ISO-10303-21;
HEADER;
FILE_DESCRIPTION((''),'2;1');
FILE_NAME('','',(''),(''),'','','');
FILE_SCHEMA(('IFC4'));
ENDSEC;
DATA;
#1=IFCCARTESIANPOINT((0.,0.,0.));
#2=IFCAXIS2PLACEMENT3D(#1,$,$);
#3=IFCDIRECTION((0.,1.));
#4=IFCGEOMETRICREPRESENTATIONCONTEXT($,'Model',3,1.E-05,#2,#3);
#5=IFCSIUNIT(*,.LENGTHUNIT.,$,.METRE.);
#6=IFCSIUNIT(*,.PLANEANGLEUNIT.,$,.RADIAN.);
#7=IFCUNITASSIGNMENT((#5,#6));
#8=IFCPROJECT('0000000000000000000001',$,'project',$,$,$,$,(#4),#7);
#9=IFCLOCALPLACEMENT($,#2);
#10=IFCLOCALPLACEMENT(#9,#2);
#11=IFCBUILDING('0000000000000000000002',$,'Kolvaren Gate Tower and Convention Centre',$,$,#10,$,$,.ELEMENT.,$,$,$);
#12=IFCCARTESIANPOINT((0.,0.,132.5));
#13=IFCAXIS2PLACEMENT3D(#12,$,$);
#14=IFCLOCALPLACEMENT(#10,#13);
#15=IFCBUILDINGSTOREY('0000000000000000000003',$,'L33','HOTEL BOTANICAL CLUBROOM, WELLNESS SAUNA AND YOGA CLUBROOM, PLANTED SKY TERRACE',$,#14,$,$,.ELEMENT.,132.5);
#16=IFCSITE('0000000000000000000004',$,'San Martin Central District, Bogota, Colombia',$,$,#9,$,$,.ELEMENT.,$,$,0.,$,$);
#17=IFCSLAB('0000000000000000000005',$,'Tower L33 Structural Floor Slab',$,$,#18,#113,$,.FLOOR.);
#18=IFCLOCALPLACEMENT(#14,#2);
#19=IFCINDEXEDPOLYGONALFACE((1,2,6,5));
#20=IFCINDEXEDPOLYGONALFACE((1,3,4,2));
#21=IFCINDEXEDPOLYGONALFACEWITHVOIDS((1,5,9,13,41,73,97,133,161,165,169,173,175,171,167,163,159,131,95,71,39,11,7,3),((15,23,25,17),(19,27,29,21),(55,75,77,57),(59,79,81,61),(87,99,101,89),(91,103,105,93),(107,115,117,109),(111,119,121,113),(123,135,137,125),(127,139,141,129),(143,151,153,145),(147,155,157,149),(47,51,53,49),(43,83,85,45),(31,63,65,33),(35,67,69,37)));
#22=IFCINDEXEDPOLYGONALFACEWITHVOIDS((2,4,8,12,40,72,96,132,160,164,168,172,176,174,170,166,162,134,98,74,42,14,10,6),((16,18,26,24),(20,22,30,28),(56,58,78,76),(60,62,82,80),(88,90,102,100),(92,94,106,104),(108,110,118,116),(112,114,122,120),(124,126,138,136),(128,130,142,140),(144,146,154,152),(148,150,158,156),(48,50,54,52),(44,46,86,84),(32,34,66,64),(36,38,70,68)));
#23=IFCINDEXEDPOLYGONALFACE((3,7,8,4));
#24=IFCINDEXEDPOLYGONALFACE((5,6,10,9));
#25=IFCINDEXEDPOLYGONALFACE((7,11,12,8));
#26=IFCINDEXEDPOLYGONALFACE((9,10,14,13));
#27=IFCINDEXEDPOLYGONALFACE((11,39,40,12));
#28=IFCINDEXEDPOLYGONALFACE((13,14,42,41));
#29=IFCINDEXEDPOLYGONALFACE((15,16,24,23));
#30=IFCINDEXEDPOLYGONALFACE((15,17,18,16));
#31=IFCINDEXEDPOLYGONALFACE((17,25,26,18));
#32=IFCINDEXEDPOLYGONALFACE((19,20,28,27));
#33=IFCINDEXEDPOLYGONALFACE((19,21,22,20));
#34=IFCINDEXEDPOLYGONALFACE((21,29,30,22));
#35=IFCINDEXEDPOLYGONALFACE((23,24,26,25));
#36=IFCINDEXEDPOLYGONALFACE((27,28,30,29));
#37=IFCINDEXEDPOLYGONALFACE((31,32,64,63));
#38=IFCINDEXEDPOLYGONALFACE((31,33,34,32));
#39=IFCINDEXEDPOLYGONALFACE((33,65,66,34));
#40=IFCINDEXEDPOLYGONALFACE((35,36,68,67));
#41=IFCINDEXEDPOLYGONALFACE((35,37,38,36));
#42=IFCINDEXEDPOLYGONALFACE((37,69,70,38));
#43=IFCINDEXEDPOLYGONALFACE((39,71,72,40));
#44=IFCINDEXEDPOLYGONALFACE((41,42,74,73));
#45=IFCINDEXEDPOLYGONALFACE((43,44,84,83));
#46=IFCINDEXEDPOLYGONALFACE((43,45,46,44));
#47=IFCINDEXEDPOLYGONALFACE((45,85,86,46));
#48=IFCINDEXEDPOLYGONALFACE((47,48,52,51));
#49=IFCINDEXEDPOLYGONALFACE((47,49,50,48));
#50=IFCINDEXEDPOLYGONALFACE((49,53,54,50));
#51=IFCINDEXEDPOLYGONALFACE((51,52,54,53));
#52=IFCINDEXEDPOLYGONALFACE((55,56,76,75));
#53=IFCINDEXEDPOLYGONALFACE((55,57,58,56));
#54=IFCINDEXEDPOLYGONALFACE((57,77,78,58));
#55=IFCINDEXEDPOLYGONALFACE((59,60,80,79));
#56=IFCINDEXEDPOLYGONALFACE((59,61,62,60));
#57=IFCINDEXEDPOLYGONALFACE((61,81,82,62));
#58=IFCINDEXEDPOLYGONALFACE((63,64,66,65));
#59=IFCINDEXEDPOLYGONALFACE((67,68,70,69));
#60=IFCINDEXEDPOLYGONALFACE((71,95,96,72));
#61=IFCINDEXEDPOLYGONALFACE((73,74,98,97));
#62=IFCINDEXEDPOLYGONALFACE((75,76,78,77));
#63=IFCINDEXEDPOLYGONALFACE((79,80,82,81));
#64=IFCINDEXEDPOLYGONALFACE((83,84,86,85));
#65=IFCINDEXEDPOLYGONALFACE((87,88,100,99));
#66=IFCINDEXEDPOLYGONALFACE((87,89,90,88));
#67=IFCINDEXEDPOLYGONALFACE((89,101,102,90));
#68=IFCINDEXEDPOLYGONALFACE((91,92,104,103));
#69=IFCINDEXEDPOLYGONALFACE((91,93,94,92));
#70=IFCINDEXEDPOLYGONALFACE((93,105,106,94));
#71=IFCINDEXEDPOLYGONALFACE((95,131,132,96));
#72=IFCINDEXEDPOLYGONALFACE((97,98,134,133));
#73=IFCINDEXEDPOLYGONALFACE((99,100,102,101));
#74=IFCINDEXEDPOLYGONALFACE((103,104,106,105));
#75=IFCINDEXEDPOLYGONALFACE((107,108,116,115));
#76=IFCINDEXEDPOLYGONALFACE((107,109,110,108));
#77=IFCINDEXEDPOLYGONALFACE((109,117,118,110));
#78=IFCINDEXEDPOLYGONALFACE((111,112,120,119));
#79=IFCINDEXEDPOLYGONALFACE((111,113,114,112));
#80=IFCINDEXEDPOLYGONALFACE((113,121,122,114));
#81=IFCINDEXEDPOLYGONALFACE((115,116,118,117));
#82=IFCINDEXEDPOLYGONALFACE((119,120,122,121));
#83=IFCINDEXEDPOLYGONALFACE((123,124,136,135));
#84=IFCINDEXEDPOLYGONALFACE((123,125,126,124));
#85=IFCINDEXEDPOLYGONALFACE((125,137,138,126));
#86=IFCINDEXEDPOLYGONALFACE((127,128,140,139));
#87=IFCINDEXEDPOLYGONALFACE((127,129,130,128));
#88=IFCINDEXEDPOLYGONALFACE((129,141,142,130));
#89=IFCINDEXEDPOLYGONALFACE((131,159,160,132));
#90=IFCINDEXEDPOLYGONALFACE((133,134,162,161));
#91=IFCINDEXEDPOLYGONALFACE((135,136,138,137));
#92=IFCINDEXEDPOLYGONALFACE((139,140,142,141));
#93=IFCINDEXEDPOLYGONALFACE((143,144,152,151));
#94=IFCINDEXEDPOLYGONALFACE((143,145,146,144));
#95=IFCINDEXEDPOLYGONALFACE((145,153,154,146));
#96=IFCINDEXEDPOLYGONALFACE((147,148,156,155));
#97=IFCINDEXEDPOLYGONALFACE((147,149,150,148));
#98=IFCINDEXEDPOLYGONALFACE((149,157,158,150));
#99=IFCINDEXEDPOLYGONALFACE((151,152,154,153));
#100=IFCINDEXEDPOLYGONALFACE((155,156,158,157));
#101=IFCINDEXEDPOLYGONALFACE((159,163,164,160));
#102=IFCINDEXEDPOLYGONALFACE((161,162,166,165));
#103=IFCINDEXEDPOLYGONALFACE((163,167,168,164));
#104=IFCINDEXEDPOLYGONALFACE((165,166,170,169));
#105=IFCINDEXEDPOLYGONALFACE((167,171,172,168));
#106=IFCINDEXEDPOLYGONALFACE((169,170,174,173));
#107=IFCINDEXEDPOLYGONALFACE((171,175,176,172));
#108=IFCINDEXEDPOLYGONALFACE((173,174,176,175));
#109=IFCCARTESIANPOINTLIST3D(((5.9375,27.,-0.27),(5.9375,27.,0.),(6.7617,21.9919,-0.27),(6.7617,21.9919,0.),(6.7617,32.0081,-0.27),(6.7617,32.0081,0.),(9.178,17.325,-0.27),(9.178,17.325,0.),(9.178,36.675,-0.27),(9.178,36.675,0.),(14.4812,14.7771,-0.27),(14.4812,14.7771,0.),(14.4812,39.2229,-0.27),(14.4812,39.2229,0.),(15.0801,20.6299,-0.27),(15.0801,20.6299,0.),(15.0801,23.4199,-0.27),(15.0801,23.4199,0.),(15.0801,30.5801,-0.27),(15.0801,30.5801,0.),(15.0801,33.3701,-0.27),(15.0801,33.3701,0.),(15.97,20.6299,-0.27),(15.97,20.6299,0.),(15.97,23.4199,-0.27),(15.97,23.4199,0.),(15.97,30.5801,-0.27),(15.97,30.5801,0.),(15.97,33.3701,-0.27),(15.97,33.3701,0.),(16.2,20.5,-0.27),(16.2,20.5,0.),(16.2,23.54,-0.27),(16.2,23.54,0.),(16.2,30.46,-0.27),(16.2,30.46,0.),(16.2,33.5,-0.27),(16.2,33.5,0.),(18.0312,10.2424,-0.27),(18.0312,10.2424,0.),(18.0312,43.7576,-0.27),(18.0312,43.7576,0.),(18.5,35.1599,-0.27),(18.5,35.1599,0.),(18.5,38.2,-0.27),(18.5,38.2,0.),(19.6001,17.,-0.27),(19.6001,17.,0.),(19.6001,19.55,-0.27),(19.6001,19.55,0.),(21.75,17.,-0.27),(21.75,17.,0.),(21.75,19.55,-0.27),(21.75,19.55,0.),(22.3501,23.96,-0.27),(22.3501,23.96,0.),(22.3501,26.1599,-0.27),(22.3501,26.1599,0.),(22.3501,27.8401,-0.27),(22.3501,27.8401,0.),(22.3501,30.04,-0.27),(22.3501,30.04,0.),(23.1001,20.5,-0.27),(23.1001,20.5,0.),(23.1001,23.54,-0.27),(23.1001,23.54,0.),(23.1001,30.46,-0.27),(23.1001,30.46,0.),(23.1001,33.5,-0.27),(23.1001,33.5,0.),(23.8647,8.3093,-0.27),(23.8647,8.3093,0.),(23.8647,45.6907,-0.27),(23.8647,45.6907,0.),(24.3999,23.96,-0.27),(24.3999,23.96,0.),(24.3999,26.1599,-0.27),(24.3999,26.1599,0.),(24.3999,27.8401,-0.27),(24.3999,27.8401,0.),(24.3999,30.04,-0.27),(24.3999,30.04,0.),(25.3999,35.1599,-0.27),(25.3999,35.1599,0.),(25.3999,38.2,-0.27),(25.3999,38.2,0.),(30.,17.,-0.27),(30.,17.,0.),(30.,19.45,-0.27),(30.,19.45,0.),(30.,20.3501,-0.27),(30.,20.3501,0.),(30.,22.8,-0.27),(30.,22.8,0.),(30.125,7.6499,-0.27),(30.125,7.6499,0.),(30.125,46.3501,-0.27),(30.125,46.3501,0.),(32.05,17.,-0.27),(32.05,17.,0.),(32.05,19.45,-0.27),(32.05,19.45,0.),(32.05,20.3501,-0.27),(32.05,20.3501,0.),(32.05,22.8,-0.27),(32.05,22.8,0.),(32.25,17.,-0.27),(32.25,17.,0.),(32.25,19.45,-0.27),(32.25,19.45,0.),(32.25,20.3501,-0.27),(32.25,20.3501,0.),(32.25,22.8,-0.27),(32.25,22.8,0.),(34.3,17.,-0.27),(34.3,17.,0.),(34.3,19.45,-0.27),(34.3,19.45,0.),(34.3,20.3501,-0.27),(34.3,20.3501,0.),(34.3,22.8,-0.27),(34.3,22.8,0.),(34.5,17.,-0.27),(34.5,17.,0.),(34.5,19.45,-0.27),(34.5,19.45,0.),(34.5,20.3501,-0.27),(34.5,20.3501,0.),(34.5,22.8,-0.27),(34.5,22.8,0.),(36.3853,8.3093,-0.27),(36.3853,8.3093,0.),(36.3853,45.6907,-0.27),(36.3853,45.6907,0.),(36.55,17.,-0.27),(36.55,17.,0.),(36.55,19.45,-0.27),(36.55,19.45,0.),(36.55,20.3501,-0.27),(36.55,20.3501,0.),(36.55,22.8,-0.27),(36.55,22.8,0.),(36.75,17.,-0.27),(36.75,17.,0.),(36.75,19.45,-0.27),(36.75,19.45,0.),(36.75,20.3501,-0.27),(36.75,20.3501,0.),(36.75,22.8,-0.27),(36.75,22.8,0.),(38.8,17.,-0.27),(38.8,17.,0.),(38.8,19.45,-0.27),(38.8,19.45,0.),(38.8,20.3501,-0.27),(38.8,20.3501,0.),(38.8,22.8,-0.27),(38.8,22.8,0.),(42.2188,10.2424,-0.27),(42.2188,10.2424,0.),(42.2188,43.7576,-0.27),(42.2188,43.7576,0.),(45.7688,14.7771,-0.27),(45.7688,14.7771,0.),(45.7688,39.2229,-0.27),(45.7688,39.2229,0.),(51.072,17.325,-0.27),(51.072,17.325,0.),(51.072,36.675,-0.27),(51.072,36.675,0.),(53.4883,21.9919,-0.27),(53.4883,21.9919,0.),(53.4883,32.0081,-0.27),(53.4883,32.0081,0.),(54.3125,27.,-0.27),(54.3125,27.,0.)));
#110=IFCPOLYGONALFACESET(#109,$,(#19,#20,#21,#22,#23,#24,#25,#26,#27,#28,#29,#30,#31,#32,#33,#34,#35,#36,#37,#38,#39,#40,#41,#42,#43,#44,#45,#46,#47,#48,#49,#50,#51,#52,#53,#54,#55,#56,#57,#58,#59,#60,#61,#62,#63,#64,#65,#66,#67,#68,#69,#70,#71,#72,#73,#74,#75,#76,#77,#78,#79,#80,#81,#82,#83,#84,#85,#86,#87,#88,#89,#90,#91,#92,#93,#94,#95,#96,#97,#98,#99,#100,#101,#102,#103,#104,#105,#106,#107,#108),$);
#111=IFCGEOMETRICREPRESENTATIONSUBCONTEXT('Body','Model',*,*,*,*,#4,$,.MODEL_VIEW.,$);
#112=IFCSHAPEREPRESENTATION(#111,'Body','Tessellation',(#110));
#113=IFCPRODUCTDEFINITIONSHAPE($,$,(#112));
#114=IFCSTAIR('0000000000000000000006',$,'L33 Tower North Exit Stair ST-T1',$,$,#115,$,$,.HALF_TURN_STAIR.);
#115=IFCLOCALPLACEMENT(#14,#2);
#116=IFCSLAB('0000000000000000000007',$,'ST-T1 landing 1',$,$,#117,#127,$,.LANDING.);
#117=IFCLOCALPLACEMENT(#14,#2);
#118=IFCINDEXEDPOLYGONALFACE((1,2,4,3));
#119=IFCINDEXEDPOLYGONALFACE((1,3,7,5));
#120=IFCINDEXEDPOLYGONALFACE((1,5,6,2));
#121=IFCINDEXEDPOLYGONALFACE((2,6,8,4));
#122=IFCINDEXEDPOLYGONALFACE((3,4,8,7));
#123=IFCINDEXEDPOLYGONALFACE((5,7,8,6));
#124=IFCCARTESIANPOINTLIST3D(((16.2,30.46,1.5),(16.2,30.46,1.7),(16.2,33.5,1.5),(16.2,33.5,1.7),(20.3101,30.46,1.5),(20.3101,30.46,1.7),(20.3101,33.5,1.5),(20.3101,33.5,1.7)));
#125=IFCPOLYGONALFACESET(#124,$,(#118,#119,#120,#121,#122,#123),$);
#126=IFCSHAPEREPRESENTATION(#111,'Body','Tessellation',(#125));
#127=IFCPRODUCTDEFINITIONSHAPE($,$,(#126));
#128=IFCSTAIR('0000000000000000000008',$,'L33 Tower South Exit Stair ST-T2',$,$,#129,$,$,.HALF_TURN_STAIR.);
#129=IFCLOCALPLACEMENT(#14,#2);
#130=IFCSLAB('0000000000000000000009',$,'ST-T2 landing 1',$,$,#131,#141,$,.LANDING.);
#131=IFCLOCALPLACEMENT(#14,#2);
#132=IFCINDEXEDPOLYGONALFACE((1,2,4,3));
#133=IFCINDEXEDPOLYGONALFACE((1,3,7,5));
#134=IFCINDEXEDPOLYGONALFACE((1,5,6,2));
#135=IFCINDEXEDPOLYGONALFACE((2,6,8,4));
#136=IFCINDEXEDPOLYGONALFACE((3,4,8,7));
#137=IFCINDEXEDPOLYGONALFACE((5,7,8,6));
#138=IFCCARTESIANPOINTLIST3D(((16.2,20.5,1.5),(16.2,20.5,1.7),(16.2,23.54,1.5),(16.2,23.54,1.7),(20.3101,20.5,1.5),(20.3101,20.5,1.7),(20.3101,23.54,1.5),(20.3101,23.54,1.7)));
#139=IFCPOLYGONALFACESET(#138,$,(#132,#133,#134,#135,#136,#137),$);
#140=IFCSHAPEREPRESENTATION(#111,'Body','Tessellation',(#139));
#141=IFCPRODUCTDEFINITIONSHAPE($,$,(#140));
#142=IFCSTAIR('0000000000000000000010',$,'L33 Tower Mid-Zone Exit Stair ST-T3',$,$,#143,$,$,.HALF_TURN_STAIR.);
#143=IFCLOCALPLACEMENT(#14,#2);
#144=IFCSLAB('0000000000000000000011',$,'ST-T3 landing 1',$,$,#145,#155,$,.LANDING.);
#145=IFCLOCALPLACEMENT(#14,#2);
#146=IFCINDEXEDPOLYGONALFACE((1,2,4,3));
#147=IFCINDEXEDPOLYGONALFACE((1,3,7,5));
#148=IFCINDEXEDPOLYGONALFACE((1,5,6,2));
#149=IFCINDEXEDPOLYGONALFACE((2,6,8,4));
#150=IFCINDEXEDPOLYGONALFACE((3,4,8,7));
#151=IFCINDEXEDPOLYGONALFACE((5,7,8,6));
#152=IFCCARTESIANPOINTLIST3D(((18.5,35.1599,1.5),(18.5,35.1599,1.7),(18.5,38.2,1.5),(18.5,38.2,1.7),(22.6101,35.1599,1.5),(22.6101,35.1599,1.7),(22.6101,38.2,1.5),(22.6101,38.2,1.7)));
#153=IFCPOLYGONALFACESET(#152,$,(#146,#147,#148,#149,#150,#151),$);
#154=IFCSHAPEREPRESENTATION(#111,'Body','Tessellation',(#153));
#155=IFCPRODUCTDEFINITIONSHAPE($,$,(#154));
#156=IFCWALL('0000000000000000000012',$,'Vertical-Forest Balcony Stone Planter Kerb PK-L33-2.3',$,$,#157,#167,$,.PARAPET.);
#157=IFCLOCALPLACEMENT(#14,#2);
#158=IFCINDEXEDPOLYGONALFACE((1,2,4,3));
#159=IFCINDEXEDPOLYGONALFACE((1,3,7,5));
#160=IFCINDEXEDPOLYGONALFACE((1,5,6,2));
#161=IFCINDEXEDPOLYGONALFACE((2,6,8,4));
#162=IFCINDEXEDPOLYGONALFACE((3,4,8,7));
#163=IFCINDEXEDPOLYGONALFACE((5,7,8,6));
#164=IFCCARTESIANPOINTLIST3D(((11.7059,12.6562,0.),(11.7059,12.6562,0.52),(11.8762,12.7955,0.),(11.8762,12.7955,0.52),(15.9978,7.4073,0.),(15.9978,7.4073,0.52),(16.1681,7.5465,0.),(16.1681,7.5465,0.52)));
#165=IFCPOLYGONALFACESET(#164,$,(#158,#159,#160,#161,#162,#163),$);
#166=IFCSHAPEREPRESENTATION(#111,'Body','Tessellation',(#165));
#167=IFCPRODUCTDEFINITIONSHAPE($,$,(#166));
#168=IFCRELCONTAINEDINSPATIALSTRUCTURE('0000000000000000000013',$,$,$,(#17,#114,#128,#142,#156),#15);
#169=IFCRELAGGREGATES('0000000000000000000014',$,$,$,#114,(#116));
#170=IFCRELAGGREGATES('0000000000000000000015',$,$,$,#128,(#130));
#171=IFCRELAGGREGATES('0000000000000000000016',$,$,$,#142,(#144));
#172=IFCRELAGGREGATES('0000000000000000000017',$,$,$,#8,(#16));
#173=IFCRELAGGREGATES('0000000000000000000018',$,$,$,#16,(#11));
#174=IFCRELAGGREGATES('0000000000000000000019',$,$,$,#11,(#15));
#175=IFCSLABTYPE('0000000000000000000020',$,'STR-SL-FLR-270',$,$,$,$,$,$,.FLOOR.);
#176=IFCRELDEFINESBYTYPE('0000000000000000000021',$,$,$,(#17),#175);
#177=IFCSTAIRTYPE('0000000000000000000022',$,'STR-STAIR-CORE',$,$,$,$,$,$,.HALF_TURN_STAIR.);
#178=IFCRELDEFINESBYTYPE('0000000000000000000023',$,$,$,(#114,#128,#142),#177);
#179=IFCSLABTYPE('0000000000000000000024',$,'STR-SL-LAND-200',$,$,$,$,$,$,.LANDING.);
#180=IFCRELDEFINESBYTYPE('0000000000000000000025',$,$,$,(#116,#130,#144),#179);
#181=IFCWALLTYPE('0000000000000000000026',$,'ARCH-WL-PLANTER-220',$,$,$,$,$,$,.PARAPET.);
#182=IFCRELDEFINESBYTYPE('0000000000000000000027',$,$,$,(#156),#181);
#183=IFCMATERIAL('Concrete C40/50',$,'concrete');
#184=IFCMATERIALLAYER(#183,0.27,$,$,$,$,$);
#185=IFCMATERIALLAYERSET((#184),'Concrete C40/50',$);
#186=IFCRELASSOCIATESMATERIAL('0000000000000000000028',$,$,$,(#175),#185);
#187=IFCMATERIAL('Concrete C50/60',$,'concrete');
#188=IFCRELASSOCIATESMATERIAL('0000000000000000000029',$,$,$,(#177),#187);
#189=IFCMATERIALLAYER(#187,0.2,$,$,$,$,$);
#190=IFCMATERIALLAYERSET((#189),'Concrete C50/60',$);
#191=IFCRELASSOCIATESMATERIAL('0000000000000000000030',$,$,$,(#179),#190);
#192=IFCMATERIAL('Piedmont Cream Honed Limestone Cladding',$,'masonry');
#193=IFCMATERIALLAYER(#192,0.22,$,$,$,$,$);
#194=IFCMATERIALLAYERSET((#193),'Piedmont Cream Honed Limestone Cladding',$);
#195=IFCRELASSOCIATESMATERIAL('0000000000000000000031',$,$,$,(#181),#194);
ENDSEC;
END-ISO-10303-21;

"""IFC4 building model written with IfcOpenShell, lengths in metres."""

from ifc_helpers import new_model, si_unit, direction, frame, frame_2d, origin, place, context, subcontext, project, spatial, polyline, rectangle, outline, extrude, material, layer, layer_set, type_object, element, aggregate, save


model = new_model("IFC4")

# Units and contexts
model_context = context("Model", 3, precision=1e-05, world=origin(), true_north=direction((0.0, 1.0)))
body_context = subcontext(model_context, "Body", "Model", "MODEL_VIEW")
ifc_project = project(units=[si_unit("LENGTHUNIT", "METRE"), si_unit("PLANEANGLEUNIT", "RADIAN")], contexts=[model_context])

# Site, building, storey
site_placement = place(None, origin())
site = spatial("IfcSite", under=ifc_project, at=site_placement, Name="San Martin Central District, Bogota, Colombia", CompositionType="ELEMENT", RefElevation=0.0)
building_placement = place(site_placement, origin())
building = spatial("IfcBuilding", under=site, at=building_placement, Name="Kolvaren Gate Tower and Convention Centre", CompositionType="ELEMENT")
storey_placement = place(building_placement, frame((0.0, 0.0, 132.5)))
storey = spatial("IfcBuildingStorey", under=building, at=storey_placement, Name="L33", Description="HOTEL BOTANICAL CLUBROOM, WELLNESS SAUNA AND YOGA CLUBROOM, PLANTED SKY TERRACE", CompositionType="ELEMENT", Elevation=132.5)

# Slab
ifc_material_1 = material(Name="Concrete C50/60", Category="concrete")
ifc_material_2 = material(Name="Concrete C40/50", Category="concrete")
ifc_layer_1 = layer(ifc_material_2, 0.27)
ifc_layer_set_1 = layer_set([ifc_layer_1], Name="Concrete C40/50")
slab_type_1 = type_object("IfcSlabType", Name="STR-SL-FLR-270", PredefinedType="FLOOR", material=ifc_layer_set_1)
slab_1_placement = place(storey_placement, frame((0.0, 0.0, -0.27)))
element("IfcSlab", 1, at=slab_1_placement, inside=storey, type_object=slab_type_1, Name="Tower L33 Structural Floor Slab", PredefinedType="FLOOR", context=body_context, shape_type="SweptSolid", body=[
    extrude(outline(polyline([(54.3125, 27.0), (53.4883, 32.0081), (51.072, 36.675), (45.7688, 39.2229), (42.2188, 43.7576), (36.3853, 45.6907), (30.125, 46.3501), (23.8647, 45.6907), (18.0312, 43.7576), (14.4812, 39.2229), (9.178, 36.675), (6.7617, 32.0081), (5.9375, 27.0), (6.7617, 21.9919), (9.178, 17.325), (14.4812, 14.7771), (18.0312, 10.2424), (23.8647, 8.3093), (30.125, 7.6499), (36.3853, 8.3093), (42.2188, 10.2424), (45.7688, 14.7771), (51.072, 17.325), (53.4883, 21.9919), (54.3125, 27.0)]), holes=[polyline([(36.75, 17.0), (36.75, 19.45), (38.8, 19.45), (38.8, 17.0), (36.75, 17.0)]), polyline([(36.75, 20.3501), (36.75, 22.8), (38.8, 22.8), (38.8, 20.3501), (36.75, 20.3501)]), polyline([(34.5, 17.0), (34.5, 19.45), (36.55, 19.45), (36.55, 17.0), (34.5, 17.0)]), polyline([(34.5, 20.3501), (34.5, 22.8), (36.55, 22.8), (36.55, 20.3501), (34.5, 20.3501)]), polyline([(32.25, 17.0), (32.25, 19.45), (34.3, 19.45), (34.3, 17.0), (32.25, 17.0)]), polyline([(32.25, 20.3501), (32.25, 22.8), (34.3, 22.8), (34.3, 20.3501), (32.25, 20.3501)]), polyline([(30.0, 17.0), (30.0, 19.45), (32.05, 19.45), (32.05, 17.0), (30.0, 17.0)]), polyline([(30.0, 20.3501), (30.0, 22.8), (32.05, 22.8), (32.05, 20.3501), (30.0, 20.3501)]), polyline([(25.3999, 38.2), (25.3999, 35.1599), (18.5, 35.1599), (18.5, 38.2), (25.3999, 38.2)]), polyline([(22.3501, 23.96), (22.3501, 26.1599), (24.3999, 26.1599), (24.3999, 23.96), (22.3501, 23.96)]), polyline([(22.3501, 27.8401), (22.3501, 30.04), (24.3999, 30.04), (24.3999, 27.8401), (22.3501, 27.8401)]), polyline([(23.1001, 23.54), (23.1001, 20.5), (16.2, 20.5), (16.2, 23.54), (23.1001, 23.54)]), polyline([(23.1001, 33.5), (23.1001, 30.46), (16.2, 30.46), (16.2, 33.5), (23.1001, 33.5)]), polyline([(19.6001, 17.0), (19.6001, 19.55), (21.75, 19.55), (21.75, 17.0), (19.6001, 17.0)]), polyline([(15.0801, 20.6299), (15.0801, 23.4199), (15.97, 23.4199), (15.97, 20.6299), (15.0801, 20.6299)]), polyline([(15.0801, 30.5801), (15.0801, 33.3701), (15.97, 33.3701), (15.97, 30.5801), (15.0801, 30.5801)])]), origin(), (0.0, 0.0, 1.0), 0.27),
])

# Stairs, slabs
stair_type = type_object("IfcStairType", Name="STR-STAIR-CORE", PredefinedType="HALF_TURN_STAIR", material=ifc_material_1)
stair_1_placement = place(storey_placement, origin())
stair_1 = element("IfcStair", 2, at=stair_1_placement, inside=storey, type_object=stair_type, Name="L33 Tower North Exit Stair ST-T1", PredefinedType="HALF_TURN_STAIR")
ifc_layer_2 = layer(ifc_material_1, 0.2)
ifc_layer_set_2 = layer_set([ifc_layer_2], Name="Concrete C50/60")
slab_type_2 = type_object("IfcSlabType", Name="STR-SL-LAND-200", PredefinedType="LANDING", material=ifc_layer_set_2)
slab_2_placement = place(storey_placement, frame((0.0, 0.0, 1.5)))
slab_2 = element("IfcSlab", 3, at=slab_2_placement, type_object=slab_type_2, Name="ST-T1 landing 1", PredefinedType="LANDING", context=body_context, shape_type="SweptSolid", body=[
    extrude(outline(polyline([(20.3101, 33.5), (16.2, 33.5), (16.2, 30.46), (20.3101, 30.46), (20.3101, 33.5)])), origin(), (0.0, 0.0, 1.0), 0.2),
])
aggregate(stair_1, [slab_2])
stair_2_placement = place(storey_placement, origin())
stair_2 = element("IfcStair", 4, at=stair_2_placement, inside=storey, type_object=stair_type, Name="L33 Tower South Exit Stair ST-T2", PredefinedType="HALF_TURN_STAIR")
slab_3_placement = place(storey_placement, frame((0.0, 0.0, 1.5)))
slab_3 = element("IfcSlab", 5, at=slab_3_placement, type_object=slab_type_2, Name="ST-T2 landing 1", PredefinedType="LANDING", context=body_context, shape_type="SweptSolid", body=[
    extrude(outline(polyline([(20.3101, 23.54), (16.2, 23.54), (16.2, 20.5), (20.3101, 20.5), (20.3101, 23.54)])), origin(), (0.0, 0.0, 1.0), 0.2),
])
aggregate(stair_2, [slab_3])
stair_3_placement = place(storey_placement, origin())
stair_3 = element("IfcStair", 6, at=stair_3_placement, inside=storey, type_object=stair_type, Name="L33 Tower Mid-Zone Exit Stair ST-T3", PredefinedType="HALF_TURN_STAIR")
slab_4_placement = place(storey_placement, frame((0.0, 0.0, 1.5)))
slab_4 = element("IfcSlab", 7, at=slab_4_placement, type_object=slab_type_2, Name="ST-T3 landing 1", PredefinedType="LANDING", context=body_context, shape_type="SweptSolid", body=[
    extrude(outline(polyline([(22.6101, 38.2), (18.5, 38.2), (18.5, 35.1599), (22.6101, 35.1599), (22.6101, 38.2)])), origin(), (0.0, 0.0, 1.0), 0.2),
])
aggregate(stair_3, [slab_4])

# Wall
ifc_material_3 = material(Name="Piedmont Cream Honed Limestone Cladding", Category="masonry")
ifc_layer_3 = layer(ifc_material_3, 0.22)
ifc_layer_set_3 = layer_set([ifc_layer_3], Name="Piedmont Cream Honed Limestone Cladding")
wall_type_1 = type_object("IfcWallType", Name="ARCH-WL-PLANTER-220", PredefinedType="PARAPET", material=ifc_layer_set_3)
wall_1_placement = place(storey_placement, frame((11.791, 12.7258, 0.0), z_axis=(0.0, 0.0, 1.0), x_axis=(0.633002, -0.77415, 0.0)))
element("IfcWall", 8, at=wall_1_placement, inside=storey, type_object=wall_type_1, Name="Vertical-Forest Balcony Stone Planter Kerb PK-L33-2.3", PredefinedType="PARAPET", context=body_context, shape_type="SweptSolid", body=[
    extrude(rectangle(XDim=6.7803, YDim=0.22, at=frame_2d((3.3901, 0.0))), origin(), (0.0, 0.0, 1.0), 0.52),
])

save(model, "model.ifc")
